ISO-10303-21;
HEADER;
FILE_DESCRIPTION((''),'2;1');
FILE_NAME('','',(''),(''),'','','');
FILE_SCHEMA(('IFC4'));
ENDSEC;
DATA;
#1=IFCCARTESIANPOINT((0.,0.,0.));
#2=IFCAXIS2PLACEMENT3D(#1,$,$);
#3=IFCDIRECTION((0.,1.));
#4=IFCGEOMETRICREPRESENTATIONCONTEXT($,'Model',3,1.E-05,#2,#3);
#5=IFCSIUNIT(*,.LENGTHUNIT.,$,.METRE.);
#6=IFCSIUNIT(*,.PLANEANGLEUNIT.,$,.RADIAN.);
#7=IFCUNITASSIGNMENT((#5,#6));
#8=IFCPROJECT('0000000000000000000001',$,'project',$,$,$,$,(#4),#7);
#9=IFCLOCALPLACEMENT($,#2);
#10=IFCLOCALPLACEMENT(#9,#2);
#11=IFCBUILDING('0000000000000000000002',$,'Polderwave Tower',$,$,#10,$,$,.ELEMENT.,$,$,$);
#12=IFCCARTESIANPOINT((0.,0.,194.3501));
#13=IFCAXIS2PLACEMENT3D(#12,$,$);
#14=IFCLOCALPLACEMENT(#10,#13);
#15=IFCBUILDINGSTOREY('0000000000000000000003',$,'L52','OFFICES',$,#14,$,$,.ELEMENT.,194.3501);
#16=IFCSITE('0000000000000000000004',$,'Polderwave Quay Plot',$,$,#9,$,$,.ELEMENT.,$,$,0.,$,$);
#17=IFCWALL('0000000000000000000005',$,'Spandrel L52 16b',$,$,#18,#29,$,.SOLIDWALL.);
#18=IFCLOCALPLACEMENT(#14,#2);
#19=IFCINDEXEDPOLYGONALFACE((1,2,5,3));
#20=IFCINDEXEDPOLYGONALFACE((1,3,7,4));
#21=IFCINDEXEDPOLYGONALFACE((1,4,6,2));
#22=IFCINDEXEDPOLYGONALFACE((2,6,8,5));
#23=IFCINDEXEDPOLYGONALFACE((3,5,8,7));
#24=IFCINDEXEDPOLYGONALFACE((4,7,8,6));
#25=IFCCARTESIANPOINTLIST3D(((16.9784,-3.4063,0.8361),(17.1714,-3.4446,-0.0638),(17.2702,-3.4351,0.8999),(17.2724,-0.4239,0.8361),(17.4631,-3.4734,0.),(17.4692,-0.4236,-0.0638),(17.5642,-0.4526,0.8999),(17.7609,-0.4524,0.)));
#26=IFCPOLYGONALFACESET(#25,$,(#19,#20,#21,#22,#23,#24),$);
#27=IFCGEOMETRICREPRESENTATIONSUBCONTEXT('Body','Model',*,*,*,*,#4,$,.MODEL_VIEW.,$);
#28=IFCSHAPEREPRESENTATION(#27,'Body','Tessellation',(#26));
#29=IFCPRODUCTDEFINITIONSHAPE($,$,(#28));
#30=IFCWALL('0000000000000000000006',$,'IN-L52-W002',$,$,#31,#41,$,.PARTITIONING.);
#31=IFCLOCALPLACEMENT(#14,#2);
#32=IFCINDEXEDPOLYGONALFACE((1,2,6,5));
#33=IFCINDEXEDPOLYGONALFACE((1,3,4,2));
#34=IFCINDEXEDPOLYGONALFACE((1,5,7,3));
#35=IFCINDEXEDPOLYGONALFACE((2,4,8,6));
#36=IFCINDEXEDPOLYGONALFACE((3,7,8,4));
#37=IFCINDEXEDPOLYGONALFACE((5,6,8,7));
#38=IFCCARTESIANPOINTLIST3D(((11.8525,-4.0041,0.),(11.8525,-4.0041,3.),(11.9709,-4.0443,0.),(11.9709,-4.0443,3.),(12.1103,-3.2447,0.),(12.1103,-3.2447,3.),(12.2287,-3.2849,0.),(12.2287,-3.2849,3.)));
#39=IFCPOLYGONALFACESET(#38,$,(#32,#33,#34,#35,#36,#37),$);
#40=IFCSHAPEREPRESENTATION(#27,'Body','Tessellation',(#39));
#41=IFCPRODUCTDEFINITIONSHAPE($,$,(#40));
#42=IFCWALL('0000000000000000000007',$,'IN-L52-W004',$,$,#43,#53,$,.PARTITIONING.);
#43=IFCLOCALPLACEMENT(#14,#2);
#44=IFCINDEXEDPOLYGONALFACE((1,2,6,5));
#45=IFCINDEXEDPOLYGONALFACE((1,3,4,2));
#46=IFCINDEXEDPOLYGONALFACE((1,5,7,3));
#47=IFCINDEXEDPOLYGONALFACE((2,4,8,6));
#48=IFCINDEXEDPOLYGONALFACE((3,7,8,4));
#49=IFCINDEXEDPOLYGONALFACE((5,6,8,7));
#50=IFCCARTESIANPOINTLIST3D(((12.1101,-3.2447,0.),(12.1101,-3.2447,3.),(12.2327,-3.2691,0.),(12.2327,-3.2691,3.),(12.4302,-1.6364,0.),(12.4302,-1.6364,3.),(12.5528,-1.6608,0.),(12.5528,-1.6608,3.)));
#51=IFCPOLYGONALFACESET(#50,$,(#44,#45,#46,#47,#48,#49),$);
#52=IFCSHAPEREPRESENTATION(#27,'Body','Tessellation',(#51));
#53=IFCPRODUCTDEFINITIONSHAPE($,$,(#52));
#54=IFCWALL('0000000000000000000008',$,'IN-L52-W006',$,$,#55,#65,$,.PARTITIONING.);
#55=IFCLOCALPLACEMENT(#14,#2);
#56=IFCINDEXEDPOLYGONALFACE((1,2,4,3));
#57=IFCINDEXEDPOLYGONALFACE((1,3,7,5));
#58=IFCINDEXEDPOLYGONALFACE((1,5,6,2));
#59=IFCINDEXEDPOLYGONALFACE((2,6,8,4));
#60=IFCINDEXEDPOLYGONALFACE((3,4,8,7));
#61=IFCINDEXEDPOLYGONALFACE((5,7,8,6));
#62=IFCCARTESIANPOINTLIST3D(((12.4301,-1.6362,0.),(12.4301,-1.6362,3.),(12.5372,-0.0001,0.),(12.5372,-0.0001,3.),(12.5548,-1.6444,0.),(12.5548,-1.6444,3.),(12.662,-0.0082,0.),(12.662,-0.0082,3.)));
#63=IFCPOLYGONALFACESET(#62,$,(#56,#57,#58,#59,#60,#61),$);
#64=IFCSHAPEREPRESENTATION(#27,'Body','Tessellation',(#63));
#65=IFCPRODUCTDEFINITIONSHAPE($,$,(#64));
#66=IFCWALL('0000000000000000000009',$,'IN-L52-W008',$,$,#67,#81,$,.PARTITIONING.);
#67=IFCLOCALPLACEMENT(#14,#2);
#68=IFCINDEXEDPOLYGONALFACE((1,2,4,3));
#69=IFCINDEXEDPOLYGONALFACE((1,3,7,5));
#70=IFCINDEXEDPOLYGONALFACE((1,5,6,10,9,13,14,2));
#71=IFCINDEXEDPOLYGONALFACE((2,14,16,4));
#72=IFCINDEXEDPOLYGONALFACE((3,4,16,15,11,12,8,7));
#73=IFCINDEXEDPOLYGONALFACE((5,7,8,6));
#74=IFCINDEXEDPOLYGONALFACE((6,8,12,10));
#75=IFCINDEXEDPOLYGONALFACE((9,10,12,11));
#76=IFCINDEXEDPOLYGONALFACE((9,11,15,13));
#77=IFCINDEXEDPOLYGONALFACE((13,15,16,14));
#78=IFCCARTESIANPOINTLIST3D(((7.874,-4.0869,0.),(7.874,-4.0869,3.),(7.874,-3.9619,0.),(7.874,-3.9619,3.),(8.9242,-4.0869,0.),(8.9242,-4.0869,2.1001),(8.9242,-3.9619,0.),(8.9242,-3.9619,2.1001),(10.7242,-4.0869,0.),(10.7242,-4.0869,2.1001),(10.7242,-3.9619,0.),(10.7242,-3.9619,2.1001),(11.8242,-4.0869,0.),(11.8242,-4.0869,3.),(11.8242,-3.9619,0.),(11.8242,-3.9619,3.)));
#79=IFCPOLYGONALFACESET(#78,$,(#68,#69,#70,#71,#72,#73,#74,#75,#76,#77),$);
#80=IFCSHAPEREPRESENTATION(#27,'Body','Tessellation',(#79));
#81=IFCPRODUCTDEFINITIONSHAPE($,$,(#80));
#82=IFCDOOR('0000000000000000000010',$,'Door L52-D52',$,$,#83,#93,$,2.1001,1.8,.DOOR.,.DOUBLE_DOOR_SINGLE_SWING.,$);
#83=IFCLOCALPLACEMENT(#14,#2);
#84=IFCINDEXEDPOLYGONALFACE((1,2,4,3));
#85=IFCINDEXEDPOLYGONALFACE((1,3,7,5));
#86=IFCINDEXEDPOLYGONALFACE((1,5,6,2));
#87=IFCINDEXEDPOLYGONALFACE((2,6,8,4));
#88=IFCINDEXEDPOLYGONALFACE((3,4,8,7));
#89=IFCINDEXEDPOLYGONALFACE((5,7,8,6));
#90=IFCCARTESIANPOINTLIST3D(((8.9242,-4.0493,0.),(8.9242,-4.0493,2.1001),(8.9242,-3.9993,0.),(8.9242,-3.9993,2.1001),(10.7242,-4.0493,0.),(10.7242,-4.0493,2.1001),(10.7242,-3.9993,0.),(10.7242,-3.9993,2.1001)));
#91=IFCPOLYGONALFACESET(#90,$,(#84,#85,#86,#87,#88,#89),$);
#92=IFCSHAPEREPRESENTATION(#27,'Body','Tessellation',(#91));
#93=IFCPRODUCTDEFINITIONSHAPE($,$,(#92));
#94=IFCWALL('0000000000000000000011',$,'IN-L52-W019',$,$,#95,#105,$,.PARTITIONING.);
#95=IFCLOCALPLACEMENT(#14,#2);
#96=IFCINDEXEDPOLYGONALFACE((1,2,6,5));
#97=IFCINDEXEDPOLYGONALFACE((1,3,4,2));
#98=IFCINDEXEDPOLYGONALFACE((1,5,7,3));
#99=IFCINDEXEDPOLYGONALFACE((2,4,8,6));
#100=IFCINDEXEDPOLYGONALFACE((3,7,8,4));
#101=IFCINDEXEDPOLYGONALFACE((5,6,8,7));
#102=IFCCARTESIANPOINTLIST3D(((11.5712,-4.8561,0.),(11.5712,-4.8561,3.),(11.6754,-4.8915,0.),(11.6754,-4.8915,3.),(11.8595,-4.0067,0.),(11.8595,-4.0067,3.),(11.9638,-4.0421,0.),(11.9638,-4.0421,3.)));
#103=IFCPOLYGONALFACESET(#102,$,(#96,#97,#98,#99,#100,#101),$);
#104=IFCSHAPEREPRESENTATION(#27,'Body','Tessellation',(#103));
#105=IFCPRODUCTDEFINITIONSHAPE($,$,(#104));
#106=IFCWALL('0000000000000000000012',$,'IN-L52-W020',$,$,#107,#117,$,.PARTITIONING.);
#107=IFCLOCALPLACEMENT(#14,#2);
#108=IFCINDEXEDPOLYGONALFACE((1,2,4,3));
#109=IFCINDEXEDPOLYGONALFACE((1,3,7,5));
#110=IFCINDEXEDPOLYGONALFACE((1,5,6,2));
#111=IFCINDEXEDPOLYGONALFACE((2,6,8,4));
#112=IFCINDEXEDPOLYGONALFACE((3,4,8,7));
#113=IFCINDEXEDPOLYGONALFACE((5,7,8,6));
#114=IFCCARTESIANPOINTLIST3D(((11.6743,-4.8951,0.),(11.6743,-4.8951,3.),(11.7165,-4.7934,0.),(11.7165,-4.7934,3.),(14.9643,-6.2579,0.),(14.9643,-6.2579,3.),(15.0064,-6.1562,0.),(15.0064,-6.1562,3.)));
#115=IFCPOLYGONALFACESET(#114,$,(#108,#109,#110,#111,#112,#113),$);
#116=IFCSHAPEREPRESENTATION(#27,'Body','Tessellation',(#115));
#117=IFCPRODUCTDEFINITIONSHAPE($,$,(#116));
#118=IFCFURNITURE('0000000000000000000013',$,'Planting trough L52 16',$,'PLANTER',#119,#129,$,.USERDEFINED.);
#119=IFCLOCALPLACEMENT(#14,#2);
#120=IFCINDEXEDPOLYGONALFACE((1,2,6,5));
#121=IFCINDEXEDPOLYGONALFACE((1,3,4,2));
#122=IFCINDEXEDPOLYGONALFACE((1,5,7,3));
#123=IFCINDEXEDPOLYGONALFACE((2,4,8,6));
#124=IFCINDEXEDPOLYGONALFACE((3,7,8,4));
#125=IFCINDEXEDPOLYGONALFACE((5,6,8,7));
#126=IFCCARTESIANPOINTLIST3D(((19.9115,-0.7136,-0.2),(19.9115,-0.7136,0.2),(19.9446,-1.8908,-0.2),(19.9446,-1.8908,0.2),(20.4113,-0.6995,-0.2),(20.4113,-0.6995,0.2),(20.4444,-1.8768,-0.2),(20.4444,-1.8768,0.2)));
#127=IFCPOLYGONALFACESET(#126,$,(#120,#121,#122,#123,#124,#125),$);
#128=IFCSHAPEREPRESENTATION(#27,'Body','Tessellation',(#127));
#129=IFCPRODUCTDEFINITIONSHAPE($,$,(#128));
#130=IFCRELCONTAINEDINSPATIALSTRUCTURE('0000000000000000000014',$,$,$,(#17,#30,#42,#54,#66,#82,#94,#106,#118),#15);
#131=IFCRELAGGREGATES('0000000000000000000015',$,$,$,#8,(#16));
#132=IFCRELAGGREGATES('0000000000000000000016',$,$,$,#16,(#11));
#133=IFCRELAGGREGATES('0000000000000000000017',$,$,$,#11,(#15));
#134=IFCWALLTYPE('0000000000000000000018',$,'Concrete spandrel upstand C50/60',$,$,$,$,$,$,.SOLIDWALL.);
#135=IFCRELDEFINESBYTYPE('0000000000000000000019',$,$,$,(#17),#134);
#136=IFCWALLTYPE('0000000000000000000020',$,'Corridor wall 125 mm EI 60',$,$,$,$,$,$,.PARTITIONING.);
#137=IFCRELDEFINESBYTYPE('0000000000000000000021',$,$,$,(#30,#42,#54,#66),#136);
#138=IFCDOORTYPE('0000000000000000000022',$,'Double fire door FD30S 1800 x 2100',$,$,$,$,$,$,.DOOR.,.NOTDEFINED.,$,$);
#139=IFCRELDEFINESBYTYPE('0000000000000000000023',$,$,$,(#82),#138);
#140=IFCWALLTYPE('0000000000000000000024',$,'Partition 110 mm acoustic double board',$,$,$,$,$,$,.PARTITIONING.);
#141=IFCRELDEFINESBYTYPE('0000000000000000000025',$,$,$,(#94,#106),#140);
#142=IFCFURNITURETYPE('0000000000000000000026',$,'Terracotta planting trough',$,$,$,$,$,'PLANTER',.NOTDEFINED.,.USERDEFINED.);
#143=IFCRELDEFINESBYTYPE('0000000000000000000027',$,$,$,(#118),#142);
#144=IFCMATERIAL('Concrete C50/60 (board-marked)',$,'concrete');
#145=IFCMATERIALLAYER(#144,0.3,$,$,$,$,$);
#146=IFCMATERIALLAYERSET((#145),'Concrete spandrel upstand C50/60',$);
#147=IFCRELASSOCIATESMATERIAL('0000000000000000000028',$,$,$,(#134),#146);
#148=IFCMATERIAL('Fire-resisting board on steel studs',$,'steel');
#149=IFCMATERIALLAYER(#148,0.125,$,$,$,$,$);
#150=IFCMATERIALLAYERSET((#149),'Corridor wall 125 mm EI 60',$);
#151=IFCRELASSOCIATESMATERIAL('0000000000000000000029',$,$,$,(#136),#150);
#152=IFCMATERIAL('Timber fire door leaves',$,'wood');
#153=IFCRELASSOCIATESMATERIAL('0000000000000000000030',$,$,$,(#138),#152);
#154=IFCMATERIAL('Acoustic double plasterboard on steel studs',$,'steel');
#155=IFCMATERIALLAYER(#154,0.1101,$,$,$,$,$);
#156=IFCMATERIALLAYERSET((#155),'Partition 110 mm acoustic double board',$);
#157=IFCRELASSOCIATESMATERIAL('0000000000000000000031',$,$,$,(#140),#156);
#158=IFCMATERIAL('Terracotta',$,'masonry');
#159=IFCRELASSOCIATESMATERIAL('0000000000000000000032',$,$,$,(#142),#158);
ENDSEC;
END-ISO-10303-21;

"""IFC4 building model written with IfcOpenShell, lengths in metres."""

from ifc_helpers import new_model, si_unit, direction, frame, frame_2d, origin, origin_2d, place, context, subcontext, project, spatial, polyline, rectangle, outline, extrude, material, layer, layer_set, type_object, element, fill, save


model = new_model("IFC4")

# Units and contexts
model_context = context("Model", 3, precision=1e-05, world=origin(), true_north=direction((0.0, 1.0)))
body_context = subcontext(model_context, "Body", "Model", "MODEL_VIEW")
ifc_project = project(units=[si_unit("LENGTHUNIT", "METRE"), si_unit("PLANEANGLEUNIT", "RADIAN")], contexts=[model_context])

# Site, building, storey
site_placement = place(None, origin())
site = spatial("IfcSite", under=ifc_project, at=site_placement, Name="Polderwave Quay Plot", CompositionType="ELEMENT", RefElevation=0.0)
building_placement = place(site_placement, origin())
building = spatial("IfcBuilding", under=site, at=building_placement, Name="Polderwave Tower", CompositionType="ELEMENT")
storey_placement = place(building_placement, frame((0.0, 0.0, 194.3501)))
storey = spatial("IfcBuildingStorey", under=building, at=storey_placement, Name="L52", Description="OFFICES", CompositionType="ELEMENT", Elevation=194.3501)

# Walls
ifc_material_1 = material(Name="Concrete C50/60 (board-marked)", Category="concrete")
ifc_layer_1 = layer(ifc_material_1, 0.3)
ifc_layer_set_1 = layer_set([ifc_layer_1], Name="Concrete spandrel upstand C50/60")
wall_type_1 = type_object("IfcWallType", Name="Concrete spandrel upstand C50/60", PredefinedType="SOLIDWALL", material=ifc_layer_set_1)
wall_1_placement = place(storey_placement, frame((17.4631, -3.4734, 0.0), z_axis=(0.972436, -0.095859, 0.212556), x_axis=(0.098102, 0.995176, -0.000004)))
element("IfcWall", 1, at=wall_1_placement, inside=storey, type_object=wall_type_1, Name="Spandrel L52 16b", PredefinedType="SOLIDWALL", context=body_context, shape_type="SweptSolid", body=[
    extrude(outline(polyline([(0.0, 0.0), (3.0356, 0.0), (3.0161, 0.921), (0.0192, 0.9209), (0.0, 0.0)])), origin(), (0.0, 0.0, -1.0), 0.3),
])
ifc_material_2 = material(Name="Fire-resisting board on steel studs", Category="steel")
ifc_layer_2 = layer(ifc_material_2, 0.125)
ifc_layer_set_2 = layer_set([ifc_layer_2], Name="Corridor wall 125 mm EI 60")
wall_type_2 = type_object("IfcWallType", Name="Corridor wall 125 mm EI 60", PredefinedType="PARTITIONING", material=ifc_layer_set_2)
wall_2_placement = place(storey_placement, frame((12.1694, -3.2649, 0.0), z_axis=(0.0, 0.0, 1.0), x_axis=(-0.321428, -0.946934, 0.0)))
element("IfcWall", 2, at=wall_2_placement, inside=storey, type_object=wall_type_2, Name="IN-L52-W002", PredefinedType="PARTITIONING", context=body_context, shape_type="SweptSolid", body=[
    extrude(rectangle(XDim=0.802, YDim=0.125, at=frame_2d((0.4009, 0.0))), origin(), (0.0, 0.0, 1.0), 3.0),
])
wall_3_placement = place(storey_placement, frame((12.4915, -1.6487, 0.0), z_axis=(0.0, 0.0, 1.0), x_axis=(-0.195171, -0.980769, 0.0)))
element("IfcWall", 3, at=wall_3_placement, inside=storey, type_object=wall_type_2, Name="IN-L52-W004", PredefinedType="PARTITIONING", context=body_context, shape_type="SweptSolid", body=[
    extrude(rectangle(XDim=1.6399, YDim=0.125, at=frame_2d((0.8198, 0.0))), origin(), (0.0, 0.0, 1.0), 3.0),
])
wall_4_placement = place(storey_placement, frame((12.5996, -0.0042, 0.0), z_axis=(0.0, 0.0, 1.0), x_axis=(-0.065363, -0.997862, 0.0)))
element("IfcWall", 4, at=wall_4_placement, inside=storey, type_object=wall_type_2, Name="IN-L52-W006", PredefinedType="PARTITIONING", context=body_context, shape_type="SweptSolid", body=[
    extrude(rectangle(XDim=1.6396, YDim=0.125, at=frame_2d((0.8198, 0.0))), origin(), (0.0, 0.0, 1.0), 3.0),
])

# Wall, opening, door
wall_5_placement = place(storey_placement, frame((11.8242, -4.0244, 0.0), z_axis=(0.0, 0.0, 1.0), x_axis=(-1.0, 0.0, 0.0)))
wall_5 = element("IfcWall", 5, at=wall_5_placement, inside=storey, type_object=wall_type_2, Name="IN-L52-W008", PredefinedType="PARTITIONING", context=body_context, shape_type="SweptSolid", body=[
    extrude(rectangle(XDim=3.9502, YDim=0.125, at=frame_2d((1.9751, 0.0))), origin(), (0.0, 0.0, 1.0), 3.0),
])
opening_placement = place(wall_5_placement, frame((1.1001, 0.0, 0.0)))
opening = element("IfcOpeningElement", 6, at=opening_placement, cuts=wall_5, PredefinedType="OPENING", context=body_context, shape_type="SweptSolid", body=[
    extrude(rectangle(XDim=1.8, YDim=2.1001, at=frame_2d((0.8999, 1.05))), frame((0.0, 0.0725, 0.0), z_axis=(0.0, -1.0, 0.0), x_axis=(1.0, 0.0, 0.0)), (0.0, 0.0, 1.0), 0.145),
])
ifc_material_3 = material(Name="Timber fire door leaves", Category="wood")
door_type = type_object("IfcDoorType", Name="Double fire door FD30S 1800 x 2100", OperationType="NOTDEFINED", PredefinedType="DOOR", material=ifc_material_3)
door_placement = place(opening_placement, origin())
door = element("IfcDoor", 7, at=door_placement, inside=storey, type_object=door_type, Name="Door L52-D52", OperationType="DOUBLE_DOOR_SINGLE_SWING", OverallHeight=2.1001, OverallWidth=1.8, PredefinedType="DOOR", context=body_context, shape_type="SweptSolid", body=[
    extrude(rectangle(XDim=1.8, YDim=2.1001, at=frame_2d((0.8999, 1.05))), frame((0.0, 0.0249, 0.0), z_axis=(0.0, -1.0, 0.0), x_axis=(1.0, 0.0, 0.0)), (0.0, 0.0, 1.0), 0.05),
])
fill(opening, door)

# Walls
ifc_material_4 = material(Name="Acoustic double plasterboard on steel studs", Category="steel")
ifc_layer_3 = layer(ifc_material_4, 0.1101)
ifc_layer_set_3 = layer_set([ifc_layer_3], Name="Partition 110 mm acoustic double board")
wall_type_3 = type_object("IfcWallType", Name="Partition 110 mm acoustic double board", PredefinedType="PARTITIONING", material=ifc_layer_set_3)
wall_6_placement = place(storey_placement, frame((11.6233, -4.8738, 0.0), z_axis=(0.0, 0.0, 1.0), x_axis=(0.321449, 0.946927, 0.0)))
element("IfcWall", 8, at=wall_6_placement, inside=storey, type_object=wall_type_3, Name="IN-L52-W019", PredefinedType="PARTITIONING", context=body_context, shape_type="SweptSolid", body=[
    extrude(rectangle(XDim=0.897, YDim=0.1101, at=frame_2d((0.4485, 0.0))), origin(), (0.0, 0.0, 1.0), 3.0),
])
wall_7_placement = place(storey_placement, frame((14.9854, -6.207, 0.0), z_axis=(0.0, 0.0, 1.0), x_axis=(-0.923878, 0.382687, 0.0)))
element("IfcWall", 9, at=wall_7_placement, inside=storey, type_object=wall_type_3, Name="IN-L52-W020", PredefinedType="PARTITIONING", context=body_context, shape_type="SweptSolid", body=[
    extrude(rectangle(XDim=3.561, YDim=0.1101, at=frame_2d((1.7805, 0.0))), origin(), (0.0, 0.0, 1.0), 3.0),
])

# Furniture
ifc_material_5 = material(Name="Terracotta", Category="masonry")
furniture_type = type_object("IfcFurnitureType", Name="Terracotta planting trough", ElementType="PLANTER", AssemblyPlace="NOTDEFINED", PredefinedType="USERDEFINED", material=ifc_material_5)
furniture_placement = place(storey_placement, frame((20.178, -1.2952, -0.2), z_axis=(0.0, 0.0, 1.0), x_axis=(-0.028112, 0.999605, 0.0)))
element("IfcFurniture", 10, at=furniture_placement, inside=storey, type_object=furniture_type, Name="Planting trough L52 16", ObjectType="PLANTER", PredefinedType="USERDEFINED", context=body_context, shape_type="SweptSolid", body=[
    extrude(rectangle(XDim=1.1777, YDim=0.5, at=origin_2d()), origin(), (0.0, 0.0, 1.0), 0.3999),
])

save(model, "model.ifc")
